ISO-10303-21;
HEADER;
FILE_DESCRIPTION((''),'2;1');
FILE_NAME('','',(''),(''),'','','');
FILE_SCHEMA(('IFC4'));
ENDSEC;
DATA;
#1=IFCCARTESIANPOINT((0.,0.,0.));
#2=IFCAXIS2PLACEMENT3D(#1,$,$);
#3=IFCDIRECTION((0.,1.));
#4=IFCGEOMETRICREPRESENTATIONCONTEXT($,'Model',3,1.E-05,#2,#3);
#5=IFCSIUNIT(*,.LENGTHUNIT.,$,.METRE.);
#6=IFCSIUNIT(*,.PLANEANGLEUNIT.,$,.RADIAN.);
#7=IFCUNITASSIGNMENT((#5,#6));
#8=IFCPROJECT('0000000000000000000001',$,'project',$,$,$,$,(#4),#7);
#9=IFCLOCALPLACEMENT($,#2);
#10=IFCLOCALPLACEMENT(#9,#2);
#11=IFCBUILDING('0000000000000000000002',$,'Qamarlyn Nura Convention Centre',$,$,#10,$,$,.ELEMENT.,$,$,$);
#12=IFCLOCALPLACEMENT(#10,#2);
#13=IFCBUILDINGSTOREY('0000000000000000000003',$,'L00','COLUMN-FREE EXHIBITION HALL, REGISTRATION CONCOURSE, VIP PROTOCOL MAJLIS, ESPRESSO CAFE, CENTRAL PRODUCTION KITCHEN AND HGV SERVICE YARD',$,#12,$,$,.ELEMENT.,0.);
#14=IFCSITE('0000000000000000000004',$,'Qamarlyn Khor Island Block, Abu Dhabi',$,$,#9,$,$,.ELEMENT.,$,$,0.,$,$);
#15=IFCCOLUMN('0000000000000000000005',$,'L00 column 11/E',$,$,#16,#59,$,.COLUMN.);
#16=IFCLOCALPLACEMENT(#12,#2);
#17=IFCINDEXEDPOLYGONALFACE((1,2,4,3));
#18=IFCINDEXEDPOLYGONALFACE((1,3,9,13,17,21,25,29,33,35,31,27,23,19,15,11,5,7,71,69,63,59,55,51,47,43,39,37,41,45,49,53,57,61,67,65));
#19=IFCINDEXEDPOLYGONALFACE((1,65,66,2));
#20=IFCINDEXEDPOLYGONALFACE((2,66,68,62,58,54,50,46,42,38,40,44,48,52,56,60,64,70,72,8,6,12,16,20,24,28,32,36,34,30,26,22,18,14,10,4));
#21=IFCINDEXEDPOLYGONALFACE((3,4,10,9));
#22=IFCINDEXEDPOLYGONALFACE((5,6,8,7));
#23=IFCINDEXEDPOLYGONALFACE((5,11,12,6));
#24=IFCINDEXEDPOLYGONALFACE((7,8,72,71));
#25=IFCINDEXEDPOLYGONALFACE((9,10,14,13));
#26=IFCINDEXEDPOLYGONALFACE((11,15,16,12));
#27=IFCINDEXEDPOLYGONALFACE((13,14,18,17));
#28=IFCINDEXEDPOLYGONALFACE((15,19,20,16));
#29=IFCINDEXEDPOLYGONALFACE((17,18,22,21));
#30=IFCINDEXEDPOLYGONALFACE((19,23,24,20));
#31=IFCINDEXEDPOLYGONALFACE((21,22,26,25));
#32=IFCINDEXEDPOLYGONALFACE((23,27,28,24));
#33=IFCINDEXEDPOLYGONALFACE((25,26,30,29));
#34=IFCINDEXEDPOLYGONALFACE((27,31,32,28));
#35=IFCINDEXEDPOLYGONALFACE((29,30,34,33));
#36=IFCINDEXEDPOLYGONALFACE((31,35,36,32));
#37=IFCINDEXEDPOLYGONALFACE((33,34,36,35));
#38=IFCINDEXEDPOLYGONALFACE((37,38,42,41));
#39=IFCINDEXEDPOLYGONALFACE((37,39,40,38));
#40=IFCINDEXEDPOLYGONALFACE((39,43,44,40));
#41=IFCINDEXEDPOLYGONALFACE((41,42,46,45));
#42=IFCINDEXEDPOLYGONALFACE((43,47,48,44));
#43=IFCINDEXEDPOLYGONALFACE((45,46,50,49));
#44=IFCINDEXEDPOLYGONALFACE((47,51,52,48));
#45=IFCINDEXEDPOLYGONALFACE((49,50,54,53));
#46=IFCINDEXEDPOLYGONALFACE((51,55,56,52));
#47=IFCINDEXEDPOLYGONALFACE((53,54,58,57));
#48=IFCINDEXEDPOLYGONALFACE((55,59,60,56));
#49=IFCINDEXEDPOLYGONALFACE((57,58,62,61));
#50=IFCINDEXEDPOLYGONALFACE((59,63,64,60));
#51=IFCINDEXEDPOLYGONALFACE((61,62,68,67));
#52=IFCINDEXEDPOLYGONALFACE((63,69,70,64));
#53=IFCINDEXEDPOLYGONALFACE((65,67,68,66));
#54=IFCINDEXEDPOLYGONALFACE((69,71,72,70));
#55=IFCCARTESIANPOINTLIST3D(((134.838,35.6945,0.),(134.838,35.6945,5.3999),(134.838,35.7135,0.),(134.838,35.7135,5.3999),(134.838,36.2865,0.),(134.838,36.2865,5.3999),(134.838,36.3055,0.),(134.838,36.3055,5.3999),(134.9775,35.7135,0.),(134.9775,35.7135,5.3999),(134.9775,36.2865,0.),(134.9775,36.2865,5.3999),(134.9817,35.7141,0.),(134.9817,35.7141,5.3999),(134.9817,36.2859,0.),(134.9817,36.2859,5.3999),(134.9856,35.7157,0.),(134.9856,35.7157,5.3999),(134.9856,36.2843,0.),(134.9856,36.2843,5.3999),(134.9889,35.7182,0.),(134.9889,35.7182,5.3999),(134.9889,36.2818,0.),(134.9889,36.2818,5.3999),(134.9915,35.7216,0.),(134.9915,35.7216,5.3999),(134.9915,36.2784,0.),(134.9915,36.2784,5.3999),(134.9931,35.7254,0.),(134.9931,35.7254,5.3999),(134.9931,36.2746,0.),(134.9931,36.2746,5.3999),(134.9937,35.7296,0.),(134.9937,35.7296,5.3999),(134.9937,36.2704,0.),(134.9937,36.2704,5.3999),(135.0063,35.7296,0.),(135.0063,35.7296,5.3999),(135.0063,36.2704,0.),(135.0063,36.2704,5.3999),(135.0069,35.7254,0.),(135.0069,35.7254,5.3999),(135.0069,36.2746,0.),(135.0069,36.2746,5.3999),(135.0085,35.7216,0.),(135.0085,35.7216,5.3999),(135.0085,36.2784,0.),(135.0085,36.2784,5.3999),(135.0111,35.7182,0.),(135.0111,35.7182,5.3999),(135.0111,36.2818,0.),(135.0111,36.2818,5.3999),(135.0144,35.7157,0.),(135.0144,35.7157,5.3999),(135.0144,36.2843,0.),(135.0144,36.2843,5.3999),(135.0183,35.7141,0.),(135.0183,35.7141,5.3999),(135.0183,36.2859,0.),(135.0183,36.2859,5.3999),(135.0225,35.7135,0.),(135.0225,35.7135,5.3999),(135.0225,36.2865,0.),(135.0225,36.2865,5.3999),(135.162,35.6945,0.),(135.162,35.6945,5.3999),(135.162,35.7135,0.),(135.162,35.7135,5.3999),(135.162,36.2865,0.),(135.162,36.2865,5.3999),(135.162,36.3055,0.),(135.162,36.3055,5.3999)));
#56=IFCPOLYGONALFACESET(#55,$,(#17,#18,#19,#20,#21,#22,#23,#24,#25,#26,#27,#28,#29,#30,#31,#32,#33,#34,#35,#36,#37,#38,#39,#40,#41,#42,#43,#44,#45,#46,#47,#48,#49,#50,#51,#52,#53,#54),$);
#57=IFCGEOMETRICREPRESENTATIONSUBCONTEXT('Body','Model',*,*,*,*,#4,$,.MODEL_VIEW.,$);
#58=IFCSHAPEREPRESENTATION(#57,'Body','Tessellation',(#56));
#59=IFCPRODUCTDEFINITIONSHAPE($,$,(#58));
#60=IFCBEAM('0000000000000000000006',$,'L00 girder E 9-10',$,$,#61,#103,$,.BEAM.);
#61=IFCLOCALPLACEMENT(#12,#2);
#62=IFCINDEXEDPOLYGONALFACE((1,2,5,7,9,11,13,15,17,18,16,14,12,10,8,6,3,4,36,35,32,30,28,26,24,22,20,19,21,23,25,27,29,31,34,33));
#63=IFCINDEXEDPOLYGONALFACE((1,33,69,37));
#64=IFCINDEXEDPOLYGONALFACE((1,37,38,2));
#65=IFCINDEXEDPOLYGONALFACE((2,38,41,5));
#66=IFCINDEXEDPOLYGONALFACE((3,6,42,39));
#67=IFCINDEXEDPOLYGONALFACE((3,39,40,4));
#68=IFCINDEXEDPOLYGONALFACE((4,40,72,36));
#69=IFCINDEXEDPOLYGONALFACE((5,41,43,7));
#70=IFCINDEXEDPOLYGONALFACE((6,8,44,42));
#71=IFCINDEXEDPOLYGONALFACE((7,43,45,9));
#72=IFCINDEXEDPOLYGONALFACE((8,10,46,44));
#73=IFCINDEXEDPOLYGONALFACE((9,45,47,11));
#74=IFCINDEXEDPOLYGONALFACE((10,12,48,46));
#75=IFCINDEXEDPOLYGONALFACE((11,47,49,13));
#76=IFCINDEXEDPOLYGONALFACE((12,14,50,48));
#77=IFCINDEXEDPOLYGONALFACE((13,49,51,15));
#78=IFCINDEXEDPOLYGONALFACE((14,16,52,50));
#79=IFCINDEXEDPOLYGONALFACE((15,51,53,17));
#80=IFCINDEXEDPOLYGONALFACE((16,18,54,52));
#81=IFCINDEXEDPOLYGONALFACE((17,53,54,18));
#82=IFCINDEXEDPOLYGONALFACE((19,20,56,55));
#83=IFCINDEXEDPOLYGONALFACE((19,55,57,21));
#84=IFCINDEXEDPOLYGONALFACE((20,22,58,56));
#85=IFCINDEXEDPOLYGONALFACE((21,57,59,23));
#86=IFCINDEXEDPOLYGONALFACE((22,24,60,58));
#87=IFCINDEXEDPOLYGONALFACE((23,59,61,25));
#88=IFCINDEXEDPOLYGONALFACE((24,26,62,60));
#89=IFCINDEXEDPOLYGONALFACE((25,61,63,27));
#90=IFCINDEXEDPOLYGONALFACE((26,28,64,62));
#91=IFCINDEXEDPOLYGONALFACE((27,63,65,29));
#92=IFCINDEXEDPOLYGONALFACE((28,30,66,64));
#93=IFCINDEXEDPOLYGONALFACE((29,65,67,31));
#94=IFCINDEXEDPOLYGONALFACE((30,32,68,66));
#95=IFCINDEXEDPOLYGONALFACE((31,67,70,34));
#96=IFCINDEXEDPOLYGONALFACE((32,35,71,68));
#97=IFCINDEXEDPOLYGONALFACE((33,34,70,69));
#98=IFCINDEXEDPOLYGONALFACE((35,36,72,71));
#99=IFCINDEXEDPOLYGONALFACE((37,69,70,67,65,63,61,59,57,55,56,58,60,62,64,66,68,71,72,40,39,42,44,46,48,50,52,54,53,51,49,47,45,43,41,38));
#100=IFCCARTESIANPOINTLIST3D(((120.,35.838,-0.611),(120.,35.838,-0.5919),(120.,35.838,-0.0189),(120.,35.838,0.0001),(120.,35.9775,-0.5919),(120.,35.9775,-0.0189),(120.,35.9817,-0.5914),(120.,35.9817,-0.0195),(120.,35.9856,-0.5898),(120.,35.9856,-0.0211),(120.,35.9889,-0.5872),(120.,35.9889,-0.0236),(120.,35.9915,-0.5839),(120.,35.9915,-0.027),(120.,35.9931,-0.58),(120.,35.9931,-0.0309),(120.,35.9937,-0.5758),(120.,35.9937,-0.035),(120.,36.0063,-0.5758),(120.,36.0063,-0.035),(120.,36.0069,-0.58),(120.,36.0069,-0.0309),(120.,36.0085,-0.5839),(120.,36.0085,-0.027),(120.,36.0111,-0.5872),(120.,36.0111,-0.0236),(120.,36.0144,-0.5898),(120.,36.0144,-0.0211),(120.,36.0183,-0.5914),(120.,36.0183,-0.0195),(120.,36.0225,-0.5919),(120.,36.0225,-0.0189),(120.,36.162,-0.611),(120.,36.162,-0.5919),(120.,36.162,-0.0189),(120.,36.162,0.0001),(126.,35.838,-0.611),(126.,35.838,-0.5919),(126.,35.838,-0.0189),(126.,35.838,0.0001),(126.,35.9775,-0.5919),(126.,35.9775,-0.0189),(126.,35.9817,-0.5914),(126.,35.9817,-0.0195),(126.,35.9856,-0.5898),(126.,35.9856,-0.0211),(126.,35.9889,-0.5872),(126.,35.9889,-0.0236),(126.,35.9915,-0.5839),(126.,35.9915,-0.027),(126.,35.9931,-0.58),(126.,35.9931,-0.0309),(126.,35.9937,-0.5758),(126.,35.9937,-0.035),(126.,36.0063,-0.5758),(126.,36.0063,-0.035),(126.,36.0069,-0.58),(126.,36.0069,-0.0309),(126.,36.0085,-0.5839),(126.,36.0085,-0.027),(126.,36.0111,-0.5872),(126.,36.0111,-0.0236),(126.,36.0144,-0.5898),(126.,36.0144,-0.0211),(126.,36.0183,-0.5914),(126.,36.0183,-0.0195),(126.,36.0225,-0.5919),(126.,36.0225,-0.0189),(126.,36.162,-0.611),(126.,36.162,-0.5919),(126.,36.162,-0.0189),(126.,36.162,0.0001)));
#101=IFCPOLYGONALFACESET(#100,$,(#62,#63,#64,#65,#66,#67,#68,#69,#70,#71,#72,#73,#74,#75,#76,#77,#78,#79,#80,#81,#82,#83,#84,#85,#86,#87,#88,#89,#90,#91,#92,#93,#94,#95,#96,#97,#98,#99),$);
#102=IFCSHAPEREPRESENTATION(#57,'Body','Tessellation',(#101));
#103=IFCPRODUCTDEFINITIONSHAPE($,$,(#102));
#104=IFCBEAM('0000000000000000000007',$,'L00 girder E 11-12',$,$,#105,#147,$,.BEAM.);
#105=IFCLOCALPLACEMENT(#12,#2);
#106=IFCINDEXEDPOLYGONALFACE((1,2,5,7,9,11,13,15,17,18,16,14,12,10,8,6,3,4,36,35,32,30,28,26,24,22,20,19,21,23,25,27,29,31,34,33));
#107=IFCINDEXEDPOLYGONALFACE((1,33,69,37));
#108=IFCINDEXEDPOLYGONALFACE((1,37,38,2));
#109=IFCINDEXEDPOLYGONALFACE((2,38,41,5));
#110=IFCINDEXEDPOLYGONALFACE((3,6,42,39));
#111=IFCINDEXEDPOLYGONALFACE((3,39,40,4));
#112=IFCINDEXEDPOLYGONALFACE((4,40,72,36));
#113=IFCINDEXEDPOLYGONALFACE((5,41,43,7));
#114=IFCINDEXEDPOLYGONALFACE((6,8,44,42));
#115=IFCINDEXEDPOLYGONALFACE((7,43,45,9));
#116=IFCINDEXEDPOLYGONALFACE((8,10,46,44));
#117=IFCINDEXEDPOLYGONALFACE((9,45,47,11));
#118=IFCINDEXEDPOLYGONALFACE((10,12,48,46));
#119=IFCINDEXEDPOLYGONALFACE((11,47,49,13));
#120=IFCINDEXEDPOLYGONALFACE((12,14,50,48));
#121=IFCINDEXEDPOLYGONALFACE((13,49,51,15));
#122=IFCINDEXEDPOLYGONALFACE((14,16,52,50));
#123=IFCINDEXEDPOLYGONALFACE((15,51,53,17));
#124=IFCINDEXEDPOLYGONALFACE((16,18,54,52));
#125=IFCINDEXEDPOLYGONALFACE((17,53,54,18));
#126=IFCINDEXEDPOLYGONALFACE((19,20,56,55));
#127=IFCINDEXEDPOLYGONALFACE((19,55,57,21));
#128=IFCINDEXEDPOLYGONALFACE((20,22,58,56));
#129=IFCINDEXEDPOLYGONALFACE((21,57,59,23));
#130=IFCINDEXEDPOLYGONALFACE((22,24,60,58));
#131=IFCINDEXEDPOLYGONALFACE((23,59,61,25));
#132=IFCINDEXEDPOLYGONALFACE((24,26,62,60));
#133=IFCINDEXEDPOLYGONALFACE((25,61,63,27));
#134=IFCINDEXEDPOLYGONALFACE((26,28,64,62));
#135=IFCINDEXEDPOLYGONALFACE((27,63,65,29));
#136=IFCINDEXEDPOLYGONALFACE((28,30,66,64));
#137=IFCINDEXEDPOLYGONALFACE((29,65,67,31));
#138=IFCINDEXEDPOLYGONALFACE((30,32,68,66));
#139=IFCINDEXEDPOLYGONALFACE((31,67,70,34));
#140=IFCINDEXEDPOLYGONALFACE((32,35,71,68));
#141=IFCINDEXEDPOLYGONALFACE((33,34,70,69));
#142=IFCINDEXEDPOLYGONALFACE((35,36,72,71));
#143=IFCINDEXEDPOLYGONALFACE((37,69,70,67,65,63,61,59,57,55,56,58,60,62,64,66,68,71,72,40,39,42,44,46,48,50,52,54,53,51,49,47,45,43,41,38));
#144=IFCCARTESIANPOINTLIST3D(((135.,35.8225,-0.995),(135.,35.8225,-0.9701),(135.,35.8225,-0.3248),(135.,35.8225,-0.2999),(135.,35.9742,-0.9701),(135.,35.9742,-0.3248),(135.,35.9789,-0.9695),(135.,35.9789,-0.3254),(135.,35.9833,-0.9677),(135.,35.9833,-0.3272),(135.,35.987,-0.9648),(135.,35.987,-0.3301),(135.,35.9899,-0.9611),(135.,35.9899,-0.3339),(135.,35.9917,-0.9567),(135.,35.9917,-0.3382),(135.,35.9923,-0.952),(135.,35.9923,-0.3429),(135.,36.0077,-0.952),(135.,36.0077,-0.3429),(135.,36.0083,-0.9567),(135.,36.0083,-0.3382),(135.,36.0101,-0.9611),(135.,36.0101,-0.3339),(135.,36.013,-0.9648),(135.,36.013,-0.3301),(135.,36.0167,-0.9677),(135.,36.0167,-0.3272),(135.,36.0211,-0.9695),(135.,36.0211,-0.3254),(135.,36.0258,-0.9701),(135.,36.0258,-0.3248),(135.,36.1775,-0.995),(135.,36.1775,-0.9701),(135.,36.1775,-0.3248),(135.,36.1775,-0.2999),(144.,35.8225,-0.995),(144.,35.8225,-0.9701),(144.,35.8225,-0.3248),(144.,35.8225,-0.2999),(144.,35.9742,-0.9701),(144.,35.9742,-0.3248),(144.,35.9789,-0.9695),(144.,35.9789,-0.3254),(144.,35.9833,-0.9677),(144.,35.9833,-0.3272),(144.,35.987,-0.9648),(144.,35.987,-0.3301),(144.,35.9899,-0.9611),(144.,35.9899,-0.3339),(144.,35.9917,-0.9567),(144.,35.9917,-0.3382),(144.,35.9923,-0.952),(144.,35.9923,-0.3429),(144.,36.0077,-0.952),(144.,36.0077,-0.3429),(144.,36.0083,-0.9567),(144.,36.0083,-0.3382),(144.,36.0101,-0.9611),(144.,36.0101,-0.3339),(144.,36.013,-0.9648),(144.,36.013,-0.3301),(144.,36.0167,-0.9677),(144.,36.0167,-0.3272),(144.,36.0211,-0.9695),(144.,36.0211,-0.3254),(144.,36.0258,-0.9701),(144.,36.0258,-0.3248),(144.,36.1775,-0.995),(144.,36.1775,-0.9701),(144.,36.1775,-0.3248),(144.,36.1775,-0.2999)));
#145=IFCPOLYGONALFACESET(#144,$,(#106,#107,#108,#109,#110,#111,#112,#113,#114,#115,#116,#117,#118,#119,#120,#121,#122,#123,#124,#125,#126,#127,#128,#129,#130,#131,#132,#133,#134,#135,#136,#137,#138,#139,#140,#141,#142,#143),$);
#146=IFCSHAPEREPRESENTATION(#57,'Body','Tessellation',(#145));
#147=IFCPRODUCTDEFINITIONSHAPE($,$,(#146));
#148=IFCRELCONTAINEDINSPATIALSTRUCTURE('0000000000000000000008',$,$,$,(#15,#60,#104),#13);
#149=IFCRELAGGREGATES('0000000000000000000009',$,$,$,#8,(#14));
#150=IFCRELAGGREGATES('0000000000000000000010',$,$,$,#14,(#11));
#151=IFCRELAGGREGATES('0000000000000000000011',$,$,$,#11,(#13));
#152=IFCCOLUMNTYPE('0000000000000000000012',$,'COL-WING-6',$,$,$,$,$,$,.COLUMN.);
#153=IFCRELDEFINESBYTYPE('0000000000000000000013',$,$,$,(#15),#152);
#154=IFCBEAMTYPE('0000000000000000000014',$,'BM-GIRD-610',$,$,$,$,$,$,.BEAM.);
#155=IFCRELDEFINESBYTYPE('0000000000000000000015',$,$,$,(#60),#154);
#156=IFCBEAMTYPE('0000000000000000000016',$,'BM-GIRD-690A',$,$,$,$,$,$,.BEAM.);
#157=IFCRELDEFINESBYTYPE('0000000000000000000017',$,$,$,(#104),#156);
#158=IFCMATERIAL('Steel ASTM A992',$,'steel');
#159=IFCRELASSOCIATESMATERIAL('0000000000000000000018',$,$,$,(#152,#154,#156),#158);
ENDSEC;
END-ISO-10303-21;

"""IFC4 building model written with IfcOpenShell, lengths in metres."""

from ifc_helpers import new_model, si_unit, direction, frame, origin, origin_2d, place, context, subcontext, project, spatial, i_section, extrude, material, material_profile, profile_set, type_object, element, save


model = new_model("IFC4")

# Units and contexts
model_context = context("Model", 3, precision=1e-05, world=origin(), true_north=direction((0.0, 1.0)))
body_context = subcontext(model_context, "Body", "Model", "MODEL_VIEW")
ifc_project = project(units=[si_unit("LENGTHUNIT", "METRE"), si_unit("PLANEANGLEUNIT", "RADIAN")], contexts=[model_context])

# Site, building, storey
site_placement = place(None, origin())
site = spatial("IfcSite", under=ifc_project, at=site_placement, Name="Qamarlyn Khor Island Block, Abu Dhabi", CompositionType="ELEMENT", RefElevation=0.0)
building_placement = place(site_placement, origin())
building = spatial("IfcBuilding", under=site, at=building_placement, Name="Qamarlyn Nura Convention Centre", CompositionType="ELEMENT")
storey_placement = place(building_placement, origin())
storey = spatial("IfcBuildingStorey", under=building, at=storey_placement, Name="L00", Description="COLUMN-FREE EXHIBITION HALL, REGISTRATION CONCOURSE, VIP PROTOCOL MAJLIS, ESPRESSO CAFE, CENTRAL PRODUCTION KITCHEN AND HGV SERVICE YARD", CompositionType="ELEMENT", Elevation=0.0)

# Column
ifc_material_1 = material(Name="Steel ASTM A992", Category="steel")
ifc_material_profile_1 = material_profile(ifc_material_1, i_section(OverallWidth=0.324, OverallDepth=0.6111, WebThickness=0.0127, FlangeThickness=0.019, FilletRadius=0.0161, at=origin_2d()), Name="W610X155")
ifc_profile_set_1 = profile_set([ifc_material_profile_1], Name="Steel ASTM A992")
column_type_1 = type_object("IfcColumnType", Name="COL-WING-6", PredefinedType="COLUMN", material=ifc_profile_set_1)
column_1_placement = place(storey_placement, frame((135.0, 36.0, 0.0), z_axis=(0.0, 0.0, 1.0), x_axis=(1.0, 0.0, 0.0)))
element("IfcColumn", 1, at=column_1_placement, inside=storey, type_object=column_type_1, Name="L00 column 11/E", PredefinedType="COLUMN", context=body_context, shape_type="SweptSolid", body=[
    extrude(i_section(OverallWidth=0.324, OverallDepth=0.6111, WebThickness=0.0127, FlangeThickness=0.019, FilletRadius=0.0161, at=origin_2d()), origin(), (0.0, 0.0, 1.0), 5.3999),
])

# Beams
ifc_material_profile_2 = material_profile(ifc_material_1, i_section(OverallWidth=0.324, OverallDepth=0.6111, WebThickness=0.0127, FlangeThickness=0.019, FilletRadius=0.0161, at=origin_2d()), Name="W610X155")
ifc_profile_set_2 = profile_set([ifc_material_profile_2], Name="Steel ASTM A992")
beam_type_1 = type_object("IfcBeamType", Name="BM-GIRD-610", PredefinedType="BEAM", material=ifc_profile_set_2)
beam_1_placement = place(storey_placement, frame((120.0, 36.0, -0.3054), z_axis=(1.0, 0.0, 0.0), x_axis=(0.0, 1.0, 0.0)))
element("IfcBeam", 2, at=beam_1_placement, inside=storey, type_object=beam_type_1, Name="L00 girder E 9-10", PredefinedType="BEAM", context=body_context, shape_type="SweptSolid", body=[
    extrude(i_section(OverallWidth=0.324, OverallDepth=0.6111, WebThickness=0.0127, FlangeThickness=0.019, FilletRadius=0.0161, at=origin_2d()), origin(), (0.0, 0.0, 1.0), 6.0),
])
ifc_material_profile_3 = material_profile(ifc_material_1, i_section(OverallWidth=0.355, OverallDepth=0.6951, WebThickness=0.0154, FlangeThickness=0.0249, FilletRadius=0.0181, at=origin_2d()), Name="W690X217")
ifc_profile_set_3 = profile_set([ifc_material_profile_3], Name="Steel ASTM A992")
beam_type_2 = type_object("IfcBeamType", Name="BM-GIRD-690A", PredefinedType="BEAM", material=ifc_profile_set_3)
beam_2_placement = place(storey_placement, frame((135.0, 36.0, -0.6475), z_axis=(1.0, 0.0, 0.0), x_axis=(0.0, 1.0, 0.0)))
element("IfcBeam", 3, at=beam_2_placement, inside=storey, type_object=beam_type_2, Name="L00 girder E 11-12", PredefinedType="BEAM", context=body_context, shape_type="SweptSolid", body=[
    extrude(i_section(OverallWidth=0.355, OverallDepth=0.6951, WebThickness=0.0154, FlangeThickness=0.0249, FilletRadius=0.0181, at=origin_2d()), origin(), (0.0, 0.0, 1.0), 9.0),
])

save(model, "model.ifc")
